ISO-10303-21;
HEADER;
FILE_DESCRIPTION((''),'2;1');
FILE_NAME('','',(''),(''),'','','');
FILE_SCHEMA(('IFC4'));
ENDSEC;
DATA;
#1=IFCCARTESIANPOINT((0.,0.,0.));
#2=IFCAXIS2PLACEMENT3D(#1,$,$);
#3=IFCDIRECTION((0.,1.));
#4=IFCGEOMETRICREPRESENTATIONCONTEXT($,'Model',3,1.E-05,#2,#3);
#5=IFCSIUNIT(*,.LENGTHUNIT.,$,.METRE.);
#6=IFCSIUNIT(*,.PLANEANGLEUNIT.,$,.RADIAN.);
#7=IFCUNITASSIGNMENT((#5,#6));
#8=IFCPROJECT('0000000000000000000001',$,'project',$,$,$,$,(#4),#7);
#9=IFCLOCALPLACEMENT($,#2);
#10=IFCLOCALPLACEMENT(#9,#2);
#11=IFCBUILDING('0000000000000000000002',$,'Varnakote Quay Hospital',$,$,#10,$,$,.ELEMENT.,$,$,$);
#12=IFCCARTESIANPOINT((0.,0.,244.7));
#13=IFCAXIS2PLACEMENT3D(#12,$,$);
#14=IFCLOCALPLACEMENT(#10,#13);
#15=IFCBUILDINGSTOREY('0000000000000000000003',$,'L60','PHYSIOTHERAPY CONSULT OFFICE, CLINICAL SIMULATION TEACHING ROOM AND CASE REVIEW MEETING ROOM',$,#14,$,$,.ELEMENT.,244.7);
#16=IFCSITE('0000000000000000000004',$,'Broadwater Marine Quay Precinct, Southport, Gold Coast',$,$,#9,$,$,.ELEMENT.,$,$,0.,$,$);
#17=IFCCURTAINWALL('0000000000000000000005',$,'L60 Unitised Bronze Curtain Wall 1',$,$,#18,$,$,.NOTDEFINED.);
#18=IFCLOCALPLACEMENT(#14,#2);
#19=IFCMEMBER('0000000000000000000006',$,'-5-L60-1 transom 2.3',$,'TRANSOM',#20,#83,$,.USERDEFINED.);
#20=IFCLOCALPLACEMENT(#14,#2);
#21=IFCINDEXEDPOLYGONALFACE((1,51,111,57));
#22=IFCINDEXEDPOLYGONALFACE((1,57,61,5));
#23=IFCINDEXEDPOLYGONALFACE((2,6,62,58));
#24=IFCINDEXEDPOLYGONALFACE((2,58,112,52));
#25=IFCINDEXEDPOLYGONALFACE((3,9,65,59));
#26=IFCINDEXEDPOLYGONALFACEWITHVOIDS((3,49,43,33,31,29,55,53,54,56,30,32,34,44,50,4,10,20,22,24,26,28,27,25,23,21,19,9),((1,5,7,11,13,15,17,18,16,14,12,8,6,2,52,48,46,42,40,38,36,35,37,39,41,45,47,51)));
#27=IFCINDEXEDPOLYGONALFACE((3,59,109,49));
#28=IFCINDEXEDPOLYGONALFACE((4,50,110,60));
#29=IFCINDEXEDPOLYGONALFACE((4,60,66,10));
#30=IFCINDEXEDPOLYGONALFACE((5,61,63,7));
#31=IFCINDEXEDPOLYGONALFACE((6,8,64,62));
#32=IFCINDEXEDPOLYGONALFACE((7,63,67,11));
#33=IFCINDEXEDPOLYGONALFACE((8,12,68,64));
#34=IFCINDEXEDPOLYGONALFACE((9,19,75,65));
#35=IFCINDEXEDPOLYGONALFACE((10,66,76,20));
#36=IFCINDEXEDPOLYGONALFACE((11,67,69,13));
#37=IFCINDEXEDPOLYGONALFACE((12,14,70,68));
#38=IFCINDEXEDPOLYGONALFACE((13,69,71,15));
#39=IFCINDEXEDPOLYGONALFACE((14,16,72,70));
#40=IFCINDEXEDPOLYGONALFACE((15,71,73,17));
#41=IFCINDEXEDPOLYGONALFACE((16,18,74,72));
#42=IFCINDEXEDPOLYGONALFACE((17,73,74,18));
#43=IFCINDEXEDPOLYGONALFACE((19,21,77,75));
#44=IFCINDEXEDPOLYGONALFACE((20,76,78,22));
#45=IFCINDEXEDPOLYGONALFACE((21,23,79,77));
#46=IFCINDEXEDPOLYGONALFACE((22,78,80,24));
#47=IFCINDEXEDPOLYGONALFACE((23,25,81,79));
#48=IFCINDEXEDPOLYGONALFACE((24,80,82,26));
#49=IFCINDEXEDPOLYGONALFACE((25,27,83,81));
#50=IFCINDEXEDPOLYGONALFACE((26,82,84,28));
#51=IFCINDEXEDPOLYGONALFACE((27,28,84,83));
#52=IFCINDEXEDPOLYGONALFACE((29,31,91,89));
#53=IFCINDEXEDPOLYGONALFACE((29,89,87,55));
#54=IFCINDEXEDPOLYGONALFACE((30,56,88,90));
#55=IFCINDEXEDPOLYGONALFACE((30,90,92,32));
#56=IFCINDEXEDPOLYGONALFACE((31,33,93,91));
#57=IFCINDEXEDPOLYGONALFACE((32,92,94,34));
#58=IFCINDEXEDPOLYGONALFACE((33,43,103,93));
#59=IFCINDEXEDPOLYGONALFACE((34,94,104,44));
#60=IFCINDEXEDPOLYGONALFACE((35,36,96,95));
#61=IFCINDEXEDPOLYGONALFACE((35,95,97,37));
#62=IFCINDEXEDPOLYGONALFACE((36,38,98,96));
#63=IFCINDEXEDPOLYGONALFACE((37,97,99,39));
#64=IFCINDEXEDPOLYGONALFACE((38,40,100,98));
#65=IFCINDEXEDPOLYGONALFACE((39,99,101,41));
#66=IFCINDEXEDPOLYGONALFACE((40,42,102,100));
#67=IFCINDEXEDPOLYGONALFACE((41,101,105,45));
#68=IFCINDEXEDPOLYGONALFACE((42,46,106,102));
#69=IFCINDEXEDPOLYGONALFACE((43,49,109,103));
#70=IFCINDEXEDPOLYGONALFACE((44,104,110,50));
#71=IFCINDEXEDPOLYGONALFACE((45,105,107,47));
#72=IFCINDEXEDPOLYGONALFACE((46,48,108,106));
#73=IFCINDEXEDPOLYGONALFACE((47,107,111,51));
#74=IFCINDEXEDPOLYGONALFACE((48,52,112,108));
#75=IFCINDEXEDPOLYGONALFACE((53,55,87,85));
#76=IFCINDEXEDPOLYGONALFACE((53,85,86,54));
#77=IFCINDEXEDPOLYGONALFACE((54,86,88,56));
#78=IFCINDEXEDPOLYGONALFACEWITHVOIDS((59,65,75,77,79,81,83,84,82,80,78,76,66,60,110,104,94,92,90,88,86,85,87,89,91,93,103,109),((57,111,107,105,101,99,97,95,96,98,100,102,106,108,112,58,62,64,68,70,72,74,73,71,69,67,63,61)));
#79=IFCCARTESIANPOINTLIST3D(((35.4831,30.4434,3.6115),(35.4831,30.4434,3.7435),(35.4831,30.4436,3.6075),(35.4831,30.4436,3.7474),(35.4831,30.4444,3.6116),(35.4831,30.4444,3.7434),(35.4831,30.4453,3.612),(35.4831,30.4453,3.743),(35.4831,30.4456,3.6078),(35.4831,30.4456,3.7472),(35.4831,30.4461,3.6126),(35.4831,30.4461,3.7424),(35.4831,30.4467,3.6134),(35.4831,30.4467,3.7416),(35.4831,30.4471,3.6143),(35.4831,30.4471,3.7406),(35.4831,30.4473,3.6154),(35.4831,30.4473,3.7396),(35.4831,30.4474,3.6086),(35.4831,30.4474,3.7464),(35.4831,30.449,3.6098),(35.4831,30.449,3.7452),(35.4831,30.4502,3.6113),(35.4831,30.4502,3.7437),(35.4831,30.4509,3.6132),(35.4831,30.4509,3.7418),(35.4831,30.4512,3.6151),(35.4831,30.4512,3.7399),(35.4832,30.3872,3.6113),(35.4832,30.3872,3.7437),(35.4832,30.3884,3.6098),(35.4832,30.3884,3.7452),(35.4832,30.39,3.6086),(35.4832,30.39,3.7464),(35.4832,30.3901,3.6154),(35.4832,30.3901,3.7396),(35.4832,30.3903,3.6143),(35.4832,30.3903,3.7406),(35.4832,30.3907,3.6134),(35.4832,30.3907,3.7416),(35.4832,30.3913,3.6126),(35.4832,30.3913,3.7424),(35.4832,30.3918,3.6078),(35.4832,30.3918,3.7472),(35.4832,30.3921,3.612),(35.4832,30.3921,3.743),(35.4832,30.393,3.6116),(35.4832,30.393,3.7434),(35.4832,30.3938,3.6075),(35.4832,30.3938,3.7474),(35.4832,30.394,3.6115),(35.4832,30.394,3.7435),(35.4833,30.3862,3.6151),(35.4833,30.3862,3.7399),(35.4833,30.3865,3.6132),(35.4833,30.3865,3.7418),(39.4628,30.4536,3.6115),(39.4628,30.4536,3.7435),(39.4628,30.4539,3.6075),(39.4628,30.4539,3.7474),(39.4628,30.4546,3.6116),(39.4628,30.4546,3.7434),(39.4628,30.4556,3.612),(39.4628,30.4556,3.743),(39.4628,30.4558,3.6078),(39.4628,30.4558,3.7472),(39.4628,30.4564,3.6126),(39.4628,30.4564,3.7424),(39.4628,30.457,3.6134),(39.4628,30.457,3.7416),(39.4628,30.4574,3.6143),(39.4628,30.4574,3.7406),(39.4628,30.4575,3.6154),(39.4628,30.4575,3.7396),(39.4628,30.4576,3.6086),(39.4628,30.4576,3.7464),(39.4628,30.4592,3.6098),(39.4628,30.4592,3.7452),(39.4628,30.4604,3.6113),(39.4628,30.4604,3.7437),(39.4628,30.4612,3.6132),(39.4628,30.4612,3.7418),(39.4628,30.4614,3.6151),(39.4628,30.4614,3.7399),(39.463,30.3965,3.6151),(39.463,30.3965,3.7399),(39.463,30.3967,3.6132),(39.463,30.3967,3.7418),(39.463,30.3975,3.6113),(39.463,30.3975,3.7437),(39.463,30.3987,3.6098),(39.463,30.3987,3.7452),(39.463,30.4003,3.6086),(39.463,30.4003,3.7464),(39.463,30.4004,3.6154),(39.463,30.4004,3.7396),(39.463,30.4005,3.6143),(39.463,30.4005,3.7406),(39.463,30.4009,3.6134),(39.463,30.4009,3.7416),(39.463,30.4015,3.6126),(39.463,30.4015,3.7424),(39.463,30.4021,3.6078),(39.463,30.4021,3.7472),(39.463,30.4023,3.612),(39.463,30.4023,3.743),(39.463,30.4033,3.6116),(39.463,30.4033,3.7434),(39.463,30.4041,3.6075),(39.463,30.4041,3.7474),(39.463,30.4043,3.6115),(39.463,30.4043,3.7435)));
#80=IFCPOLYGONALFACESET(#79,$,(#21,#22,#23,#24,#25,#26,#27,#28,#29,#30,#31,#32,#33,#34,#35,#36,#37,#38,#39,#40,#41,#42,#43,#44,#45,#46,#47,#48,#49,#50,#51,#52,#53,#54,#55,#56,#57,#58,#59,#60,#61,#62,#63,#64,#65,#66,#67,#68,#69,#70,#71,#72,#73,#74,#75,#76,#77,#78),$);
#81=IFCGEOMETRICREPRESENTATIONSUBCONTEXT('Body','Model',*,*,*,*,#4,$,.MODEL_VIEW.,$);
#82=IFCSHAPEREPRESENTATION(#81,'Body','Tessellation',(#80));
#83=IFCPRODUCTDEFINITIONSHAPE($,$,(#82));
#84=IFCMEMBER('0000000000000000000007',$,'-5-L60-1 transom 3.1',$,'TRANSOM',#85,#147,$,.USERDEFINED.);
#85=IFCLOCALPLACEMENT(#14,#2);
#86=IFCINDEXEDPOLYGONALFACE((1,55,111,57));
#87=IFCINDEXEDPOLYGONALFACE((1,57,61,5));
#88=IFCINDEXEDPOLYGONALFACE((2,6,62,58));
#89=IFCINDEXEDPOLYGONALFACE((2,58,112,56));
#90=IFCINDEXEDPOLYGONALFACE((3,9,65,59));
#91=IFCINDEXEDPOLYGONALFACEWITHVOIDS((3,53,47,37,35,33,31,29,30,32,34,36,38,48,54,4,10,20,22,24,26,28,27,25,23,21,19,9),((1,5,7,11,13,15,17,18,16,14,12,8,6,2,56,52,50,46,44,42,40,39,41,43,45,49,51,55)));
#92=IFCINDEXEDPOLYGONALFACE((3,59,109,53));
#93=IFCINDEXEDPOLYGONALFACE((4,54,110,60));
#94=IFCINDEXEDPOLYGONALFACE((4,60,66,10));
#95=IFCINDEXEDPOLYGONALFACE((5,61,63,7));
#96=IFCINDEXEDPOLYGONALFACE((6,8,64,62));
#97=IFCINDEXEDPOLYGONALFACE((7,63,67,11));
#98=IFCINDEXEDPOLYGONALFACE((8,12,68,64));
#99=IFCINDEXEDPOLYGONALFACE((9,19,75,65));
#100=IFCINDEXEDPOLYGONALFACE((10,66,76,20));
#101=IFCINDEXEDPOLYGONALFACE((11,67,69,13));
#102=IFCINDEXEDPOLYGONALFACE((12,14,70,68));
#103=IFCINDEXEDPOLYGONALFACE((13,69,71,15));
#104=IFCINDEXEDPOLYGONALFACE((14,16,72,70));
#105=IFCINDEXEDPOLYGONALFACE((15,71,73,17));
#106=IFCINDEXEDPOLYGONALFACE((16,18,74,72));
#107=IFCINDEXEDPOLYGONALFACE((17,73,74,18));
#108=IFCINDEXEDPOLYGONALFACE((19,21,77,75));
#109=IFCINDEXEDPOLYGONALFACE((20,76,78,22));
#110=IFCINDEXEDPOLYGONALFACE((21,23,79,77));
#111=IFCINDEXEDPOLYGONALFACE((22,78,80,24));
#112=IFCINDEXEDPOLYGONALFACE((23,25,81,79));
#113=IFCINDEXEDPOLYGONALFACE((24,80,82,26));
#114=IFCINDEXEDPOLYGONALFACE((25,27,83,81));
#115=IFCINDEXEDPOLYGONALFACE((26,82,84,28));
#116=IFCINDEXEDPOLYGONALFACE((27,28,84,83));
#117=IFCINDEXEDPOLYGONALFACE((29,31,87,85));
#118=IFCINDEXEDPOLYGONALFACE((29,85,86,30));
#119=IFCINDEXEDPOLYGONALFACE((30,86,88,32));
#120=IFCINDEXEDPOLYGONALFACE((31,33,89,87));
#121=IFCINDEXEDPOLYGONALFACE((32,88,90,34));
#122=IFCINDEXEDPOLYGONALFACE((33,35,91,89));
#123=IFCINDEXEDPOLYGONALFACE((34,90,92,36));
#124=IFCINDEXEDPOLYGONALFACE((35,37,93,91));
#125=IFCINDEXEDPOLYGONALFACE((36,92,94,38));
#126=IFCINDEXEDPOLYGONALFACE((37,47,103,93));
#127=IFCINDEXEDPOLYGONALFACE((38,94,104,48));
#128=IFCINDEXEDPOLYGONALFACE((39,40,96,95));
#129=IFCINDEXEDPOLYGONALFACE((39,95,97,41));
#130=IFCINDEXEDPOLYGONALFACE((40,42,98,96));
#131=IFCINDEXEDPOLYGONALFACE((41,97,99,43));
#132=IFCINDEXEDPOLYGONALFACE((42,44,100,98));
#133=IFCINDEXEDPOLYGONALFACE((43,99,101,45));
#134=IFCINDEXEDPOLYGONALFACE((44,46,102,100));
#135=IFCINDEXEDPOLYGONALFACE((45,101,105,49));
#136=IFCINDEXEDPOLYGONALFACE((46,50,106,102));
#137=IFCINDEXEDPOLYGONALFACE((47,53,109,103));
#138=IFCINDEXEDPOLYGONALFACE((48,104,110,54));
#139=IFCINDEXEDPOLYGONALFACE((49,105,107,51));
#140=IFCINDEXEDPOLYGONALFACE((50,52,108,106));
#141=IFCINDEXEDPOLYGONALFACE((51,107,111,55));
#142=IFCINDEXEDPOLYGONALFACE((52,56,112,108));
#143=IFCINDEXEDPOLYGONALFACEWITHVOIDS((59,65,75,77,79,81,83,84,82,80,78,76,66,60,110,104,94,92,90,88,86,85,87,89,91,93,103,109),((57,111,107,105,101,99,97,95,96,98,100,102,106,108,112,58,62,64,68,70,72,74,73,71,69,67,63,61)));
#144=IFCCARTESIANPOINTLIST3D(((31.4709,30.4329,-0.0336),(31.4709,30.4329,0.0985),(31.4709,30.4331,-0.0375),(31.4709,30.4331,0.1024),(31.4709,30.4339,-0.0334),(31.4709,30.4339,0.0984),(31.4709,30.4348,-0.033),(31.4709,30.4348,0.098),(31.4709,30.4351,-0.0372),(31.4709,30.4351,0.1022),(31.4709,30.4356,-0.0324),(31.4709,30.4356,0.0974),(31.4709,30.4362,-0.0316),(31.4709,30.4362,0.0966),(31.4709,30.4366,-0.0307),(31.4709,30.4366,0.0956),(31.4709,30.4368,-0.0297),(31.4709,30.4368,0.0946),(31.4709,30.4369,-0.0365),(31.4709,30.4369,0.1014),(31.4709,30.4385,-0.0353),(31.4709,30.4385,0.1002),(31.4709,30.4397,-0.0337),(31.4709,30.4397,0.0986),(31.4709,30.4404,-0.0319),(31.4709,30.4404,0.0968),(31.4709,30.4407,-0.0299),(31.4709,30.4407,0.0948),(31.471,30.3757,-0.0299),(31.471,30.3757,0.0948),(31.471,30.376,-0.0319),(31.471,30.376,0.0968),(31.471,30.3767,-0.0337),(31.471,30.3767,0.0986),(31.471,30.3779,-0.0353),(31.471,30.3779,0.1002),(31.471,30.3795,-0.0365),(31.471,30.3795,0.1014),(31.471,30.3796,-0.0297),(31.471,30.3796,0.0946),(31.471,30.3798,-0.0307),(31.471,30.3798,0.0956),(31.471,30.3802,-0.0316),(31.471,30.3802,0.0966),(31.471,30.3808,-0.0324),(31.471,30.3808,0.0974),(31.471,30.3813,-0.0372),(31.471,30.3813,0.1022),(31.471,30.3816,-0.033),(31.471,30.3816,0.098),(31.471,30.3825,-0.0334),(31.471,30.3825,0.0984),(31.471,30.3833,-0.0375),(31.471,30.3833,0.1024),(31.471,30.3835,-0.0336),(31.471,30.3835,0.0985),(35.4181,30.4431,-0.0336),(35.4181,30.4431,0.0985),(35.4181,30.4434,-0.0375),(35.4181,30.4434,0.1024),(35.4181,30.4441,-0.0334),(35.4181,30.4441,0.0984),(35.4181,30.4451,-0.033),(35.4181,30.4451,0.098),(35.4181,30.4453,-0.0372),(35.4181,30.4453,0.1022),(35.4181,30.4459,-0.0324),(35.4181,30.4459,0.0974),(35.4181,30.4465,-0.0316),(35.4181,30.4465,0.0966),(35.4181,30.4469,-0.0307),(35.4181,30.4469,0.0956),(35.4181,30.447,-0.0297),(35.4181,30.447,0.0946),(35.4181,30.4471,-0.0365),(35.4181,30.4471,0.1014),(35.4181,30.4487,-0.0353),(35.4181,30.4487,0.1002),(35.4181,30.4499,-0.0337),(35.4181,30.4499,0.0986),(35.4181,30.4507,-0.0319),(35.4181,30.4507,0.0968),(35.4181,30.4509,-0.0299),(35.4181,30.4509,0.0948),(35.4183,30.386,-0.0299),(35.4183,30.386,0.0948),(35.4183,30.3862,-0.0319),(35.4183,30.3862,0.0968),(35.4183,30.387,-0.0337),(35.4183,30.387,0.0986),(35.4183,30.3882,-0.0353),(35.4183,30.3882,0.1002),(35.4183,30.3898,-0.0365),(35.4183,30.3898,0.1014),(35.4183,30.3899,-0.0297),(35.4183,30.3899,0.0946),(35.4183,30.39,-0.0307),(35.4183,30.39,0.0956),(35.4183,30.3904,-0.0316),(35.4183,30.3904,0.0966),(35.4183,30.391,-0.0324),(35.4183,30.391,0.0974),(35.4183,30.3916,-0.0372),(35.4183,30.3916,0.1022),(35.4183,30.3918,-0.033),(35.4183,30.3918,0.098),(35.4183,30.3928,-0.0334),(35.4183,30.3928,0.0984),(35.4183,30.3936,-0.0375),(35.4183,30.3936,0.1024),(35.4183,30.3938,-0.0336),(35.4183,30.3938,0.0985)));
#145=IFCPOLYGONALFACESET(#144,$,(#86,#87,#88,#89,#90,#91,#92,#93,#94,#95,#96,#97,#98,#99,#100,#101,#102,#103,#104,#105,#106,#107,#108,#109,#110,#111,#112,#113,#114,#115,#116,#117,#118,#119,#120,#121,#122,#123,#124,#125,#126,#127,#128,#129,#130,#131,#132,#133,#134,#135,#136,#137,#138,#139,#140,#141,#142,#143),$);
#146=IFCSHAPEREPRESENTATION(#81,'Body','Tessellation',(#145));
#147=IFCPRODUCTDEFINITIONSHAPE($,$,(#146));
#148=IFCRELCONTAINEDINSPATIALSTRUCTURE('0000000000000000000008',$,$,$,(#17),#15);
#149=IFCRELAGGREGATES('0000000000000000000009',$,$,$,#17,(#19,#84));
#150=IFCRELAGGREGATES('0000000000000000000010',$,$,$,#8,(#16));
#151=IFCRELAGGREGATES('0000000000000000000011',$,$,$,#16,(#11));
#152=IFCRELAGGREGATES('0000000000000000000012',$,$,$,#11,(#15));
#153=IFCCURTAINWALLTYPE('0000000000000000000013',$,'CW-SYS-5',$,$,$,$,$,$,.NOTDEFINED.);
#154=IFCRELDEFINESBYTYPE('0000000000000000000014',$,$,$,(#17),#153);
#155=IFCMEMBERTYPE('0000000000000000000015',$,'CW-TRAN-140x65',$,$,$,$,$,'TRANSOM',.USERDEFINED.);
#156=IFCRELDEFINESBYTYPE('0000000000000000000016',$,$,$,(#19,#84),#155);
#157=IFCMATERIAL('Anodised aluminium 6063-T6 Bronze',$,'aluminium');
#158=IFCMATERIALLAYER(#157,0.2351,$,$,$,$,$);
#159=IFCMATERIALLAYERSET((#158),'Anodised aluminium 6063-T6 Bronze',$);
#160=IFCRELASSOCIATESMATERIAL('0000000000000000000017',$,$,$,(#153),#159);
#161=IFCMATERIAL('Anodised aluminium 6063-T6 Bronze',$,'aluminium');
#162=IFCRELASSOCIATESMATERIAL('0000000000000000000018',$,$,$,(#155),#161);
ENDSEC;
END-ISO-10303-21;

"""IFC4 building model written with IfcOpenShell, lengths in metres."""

from ifc_helpers import new_model, si_unit, direction, frame, origin, origin_2d, place, context, subcontext, project, spatial, hollow_rectangle, extrude, material, layer, layer_set, material_profile, profile_set, type_object, element, aggregate, save


model = new_model("IFC4")

# Units and contexts
model_context = context("Model", 3, precision=1e-05, world=origin(), true_north=direction((0.0, 1.0)))
body_context = subcontext(model_context, "Body", "Model", "MODEL_VIEW")
ifc_project = project(units=[si_unit("LENGTHUNIT", "METRE"), si_unit("PLANEANGLEUNIT", "RADIAN")], contexts=[model_context])

# Site, building, storey
site_placement = place(None, origin())
site = spatial("IfcSite", under=ifc_project, at=site_placement, Name="Broadwater Marine Quay Precinct, Southport, Gold Coast", CompositionType="ELEMENT", RefElevation=0.0)
building_placement = place(site_placement, origin())
building = spatial("IfcBuilding", under=site, at=building_placement, Name="Varnakote Quay Hospital", CompositionType="ELEMENT")
storey_placement = place(building_placement, frame((0.0, 0.0, 244.7)))
storey = spatial("IfcBuildingStorey", under=building, at=storey_placement, Name="L60", Description="PHYSIOTHERAPY CONSULT OFFICE, CLINICAL SIMULATION TEACHING ROOM AND CASE REVIEW MEETING ROOM", CompositionType="ELEMENT", Elevation=244.7)

# Curtain wall, members
ifc_material_1 = material(Name="Anodised aluminium 6063-T6 Bronze", Category="aluminium")
ifc_layer_1 = layer(ifc_material_1, 0.2351)
ifc_layer_set_1 = layer_set([ifc_layer_1], Name="Anodised aluminium 6063-T6 Bronze")
curtain_wall_type = type_object("IfcCurtainWallType", Name="CW-SYS-5", PredefinedType="NOTDEFINED", material=ifc_layer_set_1)
curtain_wall_placement = place(storey_placement, origin())
curtain_wall = element("IfcCurtainWall", 1, at=curtain_wall_placement, inside=storey, type_object=curtain_wall_type, Name="L60 Unitised Bronze Curtain Wall 1", PredefinedType="NOTDEFINED")
ifc_material_2 = material(Name="Anodised aluminium 6063-T6 Bronze", Category="aluminium")
ifc_material_profile_1 = material_profile(ifc_material_2, hollow_rectangle(XDim=0.0649, YDim=0.1399, WallThickness=0.0039, InnerFilletRadius=0.0039, OuterFilletRadius=0.0076, at=origin_2d()), Name="CW-TRAN-140x65")
ifc_profile_set_1 = profile_set([ifc_material_profile_1], Name="Anodised aluminium 6063-T6 Bronze")
member_type_1 = type_object("IfcMemberType", Name="CW-TRAN-140x65", ElementType="TRANSOM", PredefinedType="USERDEFINED", material=ifc_profile_set_1)
member_1_placement = place(storey_placement, frame((39.4629, 30.429, 3.6775), z_axis=(-0.999997, -0.002577, 0.0), x_axis=(0.002577, -0.999997, 0.0)))
member_1 = element("IfcMember", 2, at=member_1_placement, type_object=member_type_1, Name="-5-L60-1 transom 2.3", ObjectType="TRANSOM", PredefinedType="USERDEFINED", context=body_context, shape_type="SweptSolid", body=[
    extrude(hollow_rectangle(XDim=0.0649, YDim=0.1399, WallThickness=0.0039, InnerFilletRadius=0.0039, OuterFilletRadius=0.0076, at=origin_2d()), origin(), (0.0, 0.0, 1.0), 3.9797),
])
member_2_placement = place(storey_placement, frame((35.4182, 30.4185, 0.0325), z_axis=(-0.999997, -0.002598, 0.0), x_axis=(0.002598, -0.999997, 0.0)))
member_2 = element("IfcMember", 3, at=member_2_placement, type_object=member_type_1, Name="-5-L60-1 transom 3.1", ObjectType="TRANSOM", PredefinedType="USERDEFINED", context=body_context, shape_type="SweptSolid", body=[
    extrude(hollow_rectangle(XDim=0.0649, YDim=0.1399, WallThickness=0.0039, InnerFilletRadius=0.0039, OuterFilletRadius=0.0076, at=origin_2d()), origin(), (0.0, 0.0, 1.0), 3.9473),
])

aggregate(curtain_wall, [member_1, member_2])

save(model, "model.ifc")
